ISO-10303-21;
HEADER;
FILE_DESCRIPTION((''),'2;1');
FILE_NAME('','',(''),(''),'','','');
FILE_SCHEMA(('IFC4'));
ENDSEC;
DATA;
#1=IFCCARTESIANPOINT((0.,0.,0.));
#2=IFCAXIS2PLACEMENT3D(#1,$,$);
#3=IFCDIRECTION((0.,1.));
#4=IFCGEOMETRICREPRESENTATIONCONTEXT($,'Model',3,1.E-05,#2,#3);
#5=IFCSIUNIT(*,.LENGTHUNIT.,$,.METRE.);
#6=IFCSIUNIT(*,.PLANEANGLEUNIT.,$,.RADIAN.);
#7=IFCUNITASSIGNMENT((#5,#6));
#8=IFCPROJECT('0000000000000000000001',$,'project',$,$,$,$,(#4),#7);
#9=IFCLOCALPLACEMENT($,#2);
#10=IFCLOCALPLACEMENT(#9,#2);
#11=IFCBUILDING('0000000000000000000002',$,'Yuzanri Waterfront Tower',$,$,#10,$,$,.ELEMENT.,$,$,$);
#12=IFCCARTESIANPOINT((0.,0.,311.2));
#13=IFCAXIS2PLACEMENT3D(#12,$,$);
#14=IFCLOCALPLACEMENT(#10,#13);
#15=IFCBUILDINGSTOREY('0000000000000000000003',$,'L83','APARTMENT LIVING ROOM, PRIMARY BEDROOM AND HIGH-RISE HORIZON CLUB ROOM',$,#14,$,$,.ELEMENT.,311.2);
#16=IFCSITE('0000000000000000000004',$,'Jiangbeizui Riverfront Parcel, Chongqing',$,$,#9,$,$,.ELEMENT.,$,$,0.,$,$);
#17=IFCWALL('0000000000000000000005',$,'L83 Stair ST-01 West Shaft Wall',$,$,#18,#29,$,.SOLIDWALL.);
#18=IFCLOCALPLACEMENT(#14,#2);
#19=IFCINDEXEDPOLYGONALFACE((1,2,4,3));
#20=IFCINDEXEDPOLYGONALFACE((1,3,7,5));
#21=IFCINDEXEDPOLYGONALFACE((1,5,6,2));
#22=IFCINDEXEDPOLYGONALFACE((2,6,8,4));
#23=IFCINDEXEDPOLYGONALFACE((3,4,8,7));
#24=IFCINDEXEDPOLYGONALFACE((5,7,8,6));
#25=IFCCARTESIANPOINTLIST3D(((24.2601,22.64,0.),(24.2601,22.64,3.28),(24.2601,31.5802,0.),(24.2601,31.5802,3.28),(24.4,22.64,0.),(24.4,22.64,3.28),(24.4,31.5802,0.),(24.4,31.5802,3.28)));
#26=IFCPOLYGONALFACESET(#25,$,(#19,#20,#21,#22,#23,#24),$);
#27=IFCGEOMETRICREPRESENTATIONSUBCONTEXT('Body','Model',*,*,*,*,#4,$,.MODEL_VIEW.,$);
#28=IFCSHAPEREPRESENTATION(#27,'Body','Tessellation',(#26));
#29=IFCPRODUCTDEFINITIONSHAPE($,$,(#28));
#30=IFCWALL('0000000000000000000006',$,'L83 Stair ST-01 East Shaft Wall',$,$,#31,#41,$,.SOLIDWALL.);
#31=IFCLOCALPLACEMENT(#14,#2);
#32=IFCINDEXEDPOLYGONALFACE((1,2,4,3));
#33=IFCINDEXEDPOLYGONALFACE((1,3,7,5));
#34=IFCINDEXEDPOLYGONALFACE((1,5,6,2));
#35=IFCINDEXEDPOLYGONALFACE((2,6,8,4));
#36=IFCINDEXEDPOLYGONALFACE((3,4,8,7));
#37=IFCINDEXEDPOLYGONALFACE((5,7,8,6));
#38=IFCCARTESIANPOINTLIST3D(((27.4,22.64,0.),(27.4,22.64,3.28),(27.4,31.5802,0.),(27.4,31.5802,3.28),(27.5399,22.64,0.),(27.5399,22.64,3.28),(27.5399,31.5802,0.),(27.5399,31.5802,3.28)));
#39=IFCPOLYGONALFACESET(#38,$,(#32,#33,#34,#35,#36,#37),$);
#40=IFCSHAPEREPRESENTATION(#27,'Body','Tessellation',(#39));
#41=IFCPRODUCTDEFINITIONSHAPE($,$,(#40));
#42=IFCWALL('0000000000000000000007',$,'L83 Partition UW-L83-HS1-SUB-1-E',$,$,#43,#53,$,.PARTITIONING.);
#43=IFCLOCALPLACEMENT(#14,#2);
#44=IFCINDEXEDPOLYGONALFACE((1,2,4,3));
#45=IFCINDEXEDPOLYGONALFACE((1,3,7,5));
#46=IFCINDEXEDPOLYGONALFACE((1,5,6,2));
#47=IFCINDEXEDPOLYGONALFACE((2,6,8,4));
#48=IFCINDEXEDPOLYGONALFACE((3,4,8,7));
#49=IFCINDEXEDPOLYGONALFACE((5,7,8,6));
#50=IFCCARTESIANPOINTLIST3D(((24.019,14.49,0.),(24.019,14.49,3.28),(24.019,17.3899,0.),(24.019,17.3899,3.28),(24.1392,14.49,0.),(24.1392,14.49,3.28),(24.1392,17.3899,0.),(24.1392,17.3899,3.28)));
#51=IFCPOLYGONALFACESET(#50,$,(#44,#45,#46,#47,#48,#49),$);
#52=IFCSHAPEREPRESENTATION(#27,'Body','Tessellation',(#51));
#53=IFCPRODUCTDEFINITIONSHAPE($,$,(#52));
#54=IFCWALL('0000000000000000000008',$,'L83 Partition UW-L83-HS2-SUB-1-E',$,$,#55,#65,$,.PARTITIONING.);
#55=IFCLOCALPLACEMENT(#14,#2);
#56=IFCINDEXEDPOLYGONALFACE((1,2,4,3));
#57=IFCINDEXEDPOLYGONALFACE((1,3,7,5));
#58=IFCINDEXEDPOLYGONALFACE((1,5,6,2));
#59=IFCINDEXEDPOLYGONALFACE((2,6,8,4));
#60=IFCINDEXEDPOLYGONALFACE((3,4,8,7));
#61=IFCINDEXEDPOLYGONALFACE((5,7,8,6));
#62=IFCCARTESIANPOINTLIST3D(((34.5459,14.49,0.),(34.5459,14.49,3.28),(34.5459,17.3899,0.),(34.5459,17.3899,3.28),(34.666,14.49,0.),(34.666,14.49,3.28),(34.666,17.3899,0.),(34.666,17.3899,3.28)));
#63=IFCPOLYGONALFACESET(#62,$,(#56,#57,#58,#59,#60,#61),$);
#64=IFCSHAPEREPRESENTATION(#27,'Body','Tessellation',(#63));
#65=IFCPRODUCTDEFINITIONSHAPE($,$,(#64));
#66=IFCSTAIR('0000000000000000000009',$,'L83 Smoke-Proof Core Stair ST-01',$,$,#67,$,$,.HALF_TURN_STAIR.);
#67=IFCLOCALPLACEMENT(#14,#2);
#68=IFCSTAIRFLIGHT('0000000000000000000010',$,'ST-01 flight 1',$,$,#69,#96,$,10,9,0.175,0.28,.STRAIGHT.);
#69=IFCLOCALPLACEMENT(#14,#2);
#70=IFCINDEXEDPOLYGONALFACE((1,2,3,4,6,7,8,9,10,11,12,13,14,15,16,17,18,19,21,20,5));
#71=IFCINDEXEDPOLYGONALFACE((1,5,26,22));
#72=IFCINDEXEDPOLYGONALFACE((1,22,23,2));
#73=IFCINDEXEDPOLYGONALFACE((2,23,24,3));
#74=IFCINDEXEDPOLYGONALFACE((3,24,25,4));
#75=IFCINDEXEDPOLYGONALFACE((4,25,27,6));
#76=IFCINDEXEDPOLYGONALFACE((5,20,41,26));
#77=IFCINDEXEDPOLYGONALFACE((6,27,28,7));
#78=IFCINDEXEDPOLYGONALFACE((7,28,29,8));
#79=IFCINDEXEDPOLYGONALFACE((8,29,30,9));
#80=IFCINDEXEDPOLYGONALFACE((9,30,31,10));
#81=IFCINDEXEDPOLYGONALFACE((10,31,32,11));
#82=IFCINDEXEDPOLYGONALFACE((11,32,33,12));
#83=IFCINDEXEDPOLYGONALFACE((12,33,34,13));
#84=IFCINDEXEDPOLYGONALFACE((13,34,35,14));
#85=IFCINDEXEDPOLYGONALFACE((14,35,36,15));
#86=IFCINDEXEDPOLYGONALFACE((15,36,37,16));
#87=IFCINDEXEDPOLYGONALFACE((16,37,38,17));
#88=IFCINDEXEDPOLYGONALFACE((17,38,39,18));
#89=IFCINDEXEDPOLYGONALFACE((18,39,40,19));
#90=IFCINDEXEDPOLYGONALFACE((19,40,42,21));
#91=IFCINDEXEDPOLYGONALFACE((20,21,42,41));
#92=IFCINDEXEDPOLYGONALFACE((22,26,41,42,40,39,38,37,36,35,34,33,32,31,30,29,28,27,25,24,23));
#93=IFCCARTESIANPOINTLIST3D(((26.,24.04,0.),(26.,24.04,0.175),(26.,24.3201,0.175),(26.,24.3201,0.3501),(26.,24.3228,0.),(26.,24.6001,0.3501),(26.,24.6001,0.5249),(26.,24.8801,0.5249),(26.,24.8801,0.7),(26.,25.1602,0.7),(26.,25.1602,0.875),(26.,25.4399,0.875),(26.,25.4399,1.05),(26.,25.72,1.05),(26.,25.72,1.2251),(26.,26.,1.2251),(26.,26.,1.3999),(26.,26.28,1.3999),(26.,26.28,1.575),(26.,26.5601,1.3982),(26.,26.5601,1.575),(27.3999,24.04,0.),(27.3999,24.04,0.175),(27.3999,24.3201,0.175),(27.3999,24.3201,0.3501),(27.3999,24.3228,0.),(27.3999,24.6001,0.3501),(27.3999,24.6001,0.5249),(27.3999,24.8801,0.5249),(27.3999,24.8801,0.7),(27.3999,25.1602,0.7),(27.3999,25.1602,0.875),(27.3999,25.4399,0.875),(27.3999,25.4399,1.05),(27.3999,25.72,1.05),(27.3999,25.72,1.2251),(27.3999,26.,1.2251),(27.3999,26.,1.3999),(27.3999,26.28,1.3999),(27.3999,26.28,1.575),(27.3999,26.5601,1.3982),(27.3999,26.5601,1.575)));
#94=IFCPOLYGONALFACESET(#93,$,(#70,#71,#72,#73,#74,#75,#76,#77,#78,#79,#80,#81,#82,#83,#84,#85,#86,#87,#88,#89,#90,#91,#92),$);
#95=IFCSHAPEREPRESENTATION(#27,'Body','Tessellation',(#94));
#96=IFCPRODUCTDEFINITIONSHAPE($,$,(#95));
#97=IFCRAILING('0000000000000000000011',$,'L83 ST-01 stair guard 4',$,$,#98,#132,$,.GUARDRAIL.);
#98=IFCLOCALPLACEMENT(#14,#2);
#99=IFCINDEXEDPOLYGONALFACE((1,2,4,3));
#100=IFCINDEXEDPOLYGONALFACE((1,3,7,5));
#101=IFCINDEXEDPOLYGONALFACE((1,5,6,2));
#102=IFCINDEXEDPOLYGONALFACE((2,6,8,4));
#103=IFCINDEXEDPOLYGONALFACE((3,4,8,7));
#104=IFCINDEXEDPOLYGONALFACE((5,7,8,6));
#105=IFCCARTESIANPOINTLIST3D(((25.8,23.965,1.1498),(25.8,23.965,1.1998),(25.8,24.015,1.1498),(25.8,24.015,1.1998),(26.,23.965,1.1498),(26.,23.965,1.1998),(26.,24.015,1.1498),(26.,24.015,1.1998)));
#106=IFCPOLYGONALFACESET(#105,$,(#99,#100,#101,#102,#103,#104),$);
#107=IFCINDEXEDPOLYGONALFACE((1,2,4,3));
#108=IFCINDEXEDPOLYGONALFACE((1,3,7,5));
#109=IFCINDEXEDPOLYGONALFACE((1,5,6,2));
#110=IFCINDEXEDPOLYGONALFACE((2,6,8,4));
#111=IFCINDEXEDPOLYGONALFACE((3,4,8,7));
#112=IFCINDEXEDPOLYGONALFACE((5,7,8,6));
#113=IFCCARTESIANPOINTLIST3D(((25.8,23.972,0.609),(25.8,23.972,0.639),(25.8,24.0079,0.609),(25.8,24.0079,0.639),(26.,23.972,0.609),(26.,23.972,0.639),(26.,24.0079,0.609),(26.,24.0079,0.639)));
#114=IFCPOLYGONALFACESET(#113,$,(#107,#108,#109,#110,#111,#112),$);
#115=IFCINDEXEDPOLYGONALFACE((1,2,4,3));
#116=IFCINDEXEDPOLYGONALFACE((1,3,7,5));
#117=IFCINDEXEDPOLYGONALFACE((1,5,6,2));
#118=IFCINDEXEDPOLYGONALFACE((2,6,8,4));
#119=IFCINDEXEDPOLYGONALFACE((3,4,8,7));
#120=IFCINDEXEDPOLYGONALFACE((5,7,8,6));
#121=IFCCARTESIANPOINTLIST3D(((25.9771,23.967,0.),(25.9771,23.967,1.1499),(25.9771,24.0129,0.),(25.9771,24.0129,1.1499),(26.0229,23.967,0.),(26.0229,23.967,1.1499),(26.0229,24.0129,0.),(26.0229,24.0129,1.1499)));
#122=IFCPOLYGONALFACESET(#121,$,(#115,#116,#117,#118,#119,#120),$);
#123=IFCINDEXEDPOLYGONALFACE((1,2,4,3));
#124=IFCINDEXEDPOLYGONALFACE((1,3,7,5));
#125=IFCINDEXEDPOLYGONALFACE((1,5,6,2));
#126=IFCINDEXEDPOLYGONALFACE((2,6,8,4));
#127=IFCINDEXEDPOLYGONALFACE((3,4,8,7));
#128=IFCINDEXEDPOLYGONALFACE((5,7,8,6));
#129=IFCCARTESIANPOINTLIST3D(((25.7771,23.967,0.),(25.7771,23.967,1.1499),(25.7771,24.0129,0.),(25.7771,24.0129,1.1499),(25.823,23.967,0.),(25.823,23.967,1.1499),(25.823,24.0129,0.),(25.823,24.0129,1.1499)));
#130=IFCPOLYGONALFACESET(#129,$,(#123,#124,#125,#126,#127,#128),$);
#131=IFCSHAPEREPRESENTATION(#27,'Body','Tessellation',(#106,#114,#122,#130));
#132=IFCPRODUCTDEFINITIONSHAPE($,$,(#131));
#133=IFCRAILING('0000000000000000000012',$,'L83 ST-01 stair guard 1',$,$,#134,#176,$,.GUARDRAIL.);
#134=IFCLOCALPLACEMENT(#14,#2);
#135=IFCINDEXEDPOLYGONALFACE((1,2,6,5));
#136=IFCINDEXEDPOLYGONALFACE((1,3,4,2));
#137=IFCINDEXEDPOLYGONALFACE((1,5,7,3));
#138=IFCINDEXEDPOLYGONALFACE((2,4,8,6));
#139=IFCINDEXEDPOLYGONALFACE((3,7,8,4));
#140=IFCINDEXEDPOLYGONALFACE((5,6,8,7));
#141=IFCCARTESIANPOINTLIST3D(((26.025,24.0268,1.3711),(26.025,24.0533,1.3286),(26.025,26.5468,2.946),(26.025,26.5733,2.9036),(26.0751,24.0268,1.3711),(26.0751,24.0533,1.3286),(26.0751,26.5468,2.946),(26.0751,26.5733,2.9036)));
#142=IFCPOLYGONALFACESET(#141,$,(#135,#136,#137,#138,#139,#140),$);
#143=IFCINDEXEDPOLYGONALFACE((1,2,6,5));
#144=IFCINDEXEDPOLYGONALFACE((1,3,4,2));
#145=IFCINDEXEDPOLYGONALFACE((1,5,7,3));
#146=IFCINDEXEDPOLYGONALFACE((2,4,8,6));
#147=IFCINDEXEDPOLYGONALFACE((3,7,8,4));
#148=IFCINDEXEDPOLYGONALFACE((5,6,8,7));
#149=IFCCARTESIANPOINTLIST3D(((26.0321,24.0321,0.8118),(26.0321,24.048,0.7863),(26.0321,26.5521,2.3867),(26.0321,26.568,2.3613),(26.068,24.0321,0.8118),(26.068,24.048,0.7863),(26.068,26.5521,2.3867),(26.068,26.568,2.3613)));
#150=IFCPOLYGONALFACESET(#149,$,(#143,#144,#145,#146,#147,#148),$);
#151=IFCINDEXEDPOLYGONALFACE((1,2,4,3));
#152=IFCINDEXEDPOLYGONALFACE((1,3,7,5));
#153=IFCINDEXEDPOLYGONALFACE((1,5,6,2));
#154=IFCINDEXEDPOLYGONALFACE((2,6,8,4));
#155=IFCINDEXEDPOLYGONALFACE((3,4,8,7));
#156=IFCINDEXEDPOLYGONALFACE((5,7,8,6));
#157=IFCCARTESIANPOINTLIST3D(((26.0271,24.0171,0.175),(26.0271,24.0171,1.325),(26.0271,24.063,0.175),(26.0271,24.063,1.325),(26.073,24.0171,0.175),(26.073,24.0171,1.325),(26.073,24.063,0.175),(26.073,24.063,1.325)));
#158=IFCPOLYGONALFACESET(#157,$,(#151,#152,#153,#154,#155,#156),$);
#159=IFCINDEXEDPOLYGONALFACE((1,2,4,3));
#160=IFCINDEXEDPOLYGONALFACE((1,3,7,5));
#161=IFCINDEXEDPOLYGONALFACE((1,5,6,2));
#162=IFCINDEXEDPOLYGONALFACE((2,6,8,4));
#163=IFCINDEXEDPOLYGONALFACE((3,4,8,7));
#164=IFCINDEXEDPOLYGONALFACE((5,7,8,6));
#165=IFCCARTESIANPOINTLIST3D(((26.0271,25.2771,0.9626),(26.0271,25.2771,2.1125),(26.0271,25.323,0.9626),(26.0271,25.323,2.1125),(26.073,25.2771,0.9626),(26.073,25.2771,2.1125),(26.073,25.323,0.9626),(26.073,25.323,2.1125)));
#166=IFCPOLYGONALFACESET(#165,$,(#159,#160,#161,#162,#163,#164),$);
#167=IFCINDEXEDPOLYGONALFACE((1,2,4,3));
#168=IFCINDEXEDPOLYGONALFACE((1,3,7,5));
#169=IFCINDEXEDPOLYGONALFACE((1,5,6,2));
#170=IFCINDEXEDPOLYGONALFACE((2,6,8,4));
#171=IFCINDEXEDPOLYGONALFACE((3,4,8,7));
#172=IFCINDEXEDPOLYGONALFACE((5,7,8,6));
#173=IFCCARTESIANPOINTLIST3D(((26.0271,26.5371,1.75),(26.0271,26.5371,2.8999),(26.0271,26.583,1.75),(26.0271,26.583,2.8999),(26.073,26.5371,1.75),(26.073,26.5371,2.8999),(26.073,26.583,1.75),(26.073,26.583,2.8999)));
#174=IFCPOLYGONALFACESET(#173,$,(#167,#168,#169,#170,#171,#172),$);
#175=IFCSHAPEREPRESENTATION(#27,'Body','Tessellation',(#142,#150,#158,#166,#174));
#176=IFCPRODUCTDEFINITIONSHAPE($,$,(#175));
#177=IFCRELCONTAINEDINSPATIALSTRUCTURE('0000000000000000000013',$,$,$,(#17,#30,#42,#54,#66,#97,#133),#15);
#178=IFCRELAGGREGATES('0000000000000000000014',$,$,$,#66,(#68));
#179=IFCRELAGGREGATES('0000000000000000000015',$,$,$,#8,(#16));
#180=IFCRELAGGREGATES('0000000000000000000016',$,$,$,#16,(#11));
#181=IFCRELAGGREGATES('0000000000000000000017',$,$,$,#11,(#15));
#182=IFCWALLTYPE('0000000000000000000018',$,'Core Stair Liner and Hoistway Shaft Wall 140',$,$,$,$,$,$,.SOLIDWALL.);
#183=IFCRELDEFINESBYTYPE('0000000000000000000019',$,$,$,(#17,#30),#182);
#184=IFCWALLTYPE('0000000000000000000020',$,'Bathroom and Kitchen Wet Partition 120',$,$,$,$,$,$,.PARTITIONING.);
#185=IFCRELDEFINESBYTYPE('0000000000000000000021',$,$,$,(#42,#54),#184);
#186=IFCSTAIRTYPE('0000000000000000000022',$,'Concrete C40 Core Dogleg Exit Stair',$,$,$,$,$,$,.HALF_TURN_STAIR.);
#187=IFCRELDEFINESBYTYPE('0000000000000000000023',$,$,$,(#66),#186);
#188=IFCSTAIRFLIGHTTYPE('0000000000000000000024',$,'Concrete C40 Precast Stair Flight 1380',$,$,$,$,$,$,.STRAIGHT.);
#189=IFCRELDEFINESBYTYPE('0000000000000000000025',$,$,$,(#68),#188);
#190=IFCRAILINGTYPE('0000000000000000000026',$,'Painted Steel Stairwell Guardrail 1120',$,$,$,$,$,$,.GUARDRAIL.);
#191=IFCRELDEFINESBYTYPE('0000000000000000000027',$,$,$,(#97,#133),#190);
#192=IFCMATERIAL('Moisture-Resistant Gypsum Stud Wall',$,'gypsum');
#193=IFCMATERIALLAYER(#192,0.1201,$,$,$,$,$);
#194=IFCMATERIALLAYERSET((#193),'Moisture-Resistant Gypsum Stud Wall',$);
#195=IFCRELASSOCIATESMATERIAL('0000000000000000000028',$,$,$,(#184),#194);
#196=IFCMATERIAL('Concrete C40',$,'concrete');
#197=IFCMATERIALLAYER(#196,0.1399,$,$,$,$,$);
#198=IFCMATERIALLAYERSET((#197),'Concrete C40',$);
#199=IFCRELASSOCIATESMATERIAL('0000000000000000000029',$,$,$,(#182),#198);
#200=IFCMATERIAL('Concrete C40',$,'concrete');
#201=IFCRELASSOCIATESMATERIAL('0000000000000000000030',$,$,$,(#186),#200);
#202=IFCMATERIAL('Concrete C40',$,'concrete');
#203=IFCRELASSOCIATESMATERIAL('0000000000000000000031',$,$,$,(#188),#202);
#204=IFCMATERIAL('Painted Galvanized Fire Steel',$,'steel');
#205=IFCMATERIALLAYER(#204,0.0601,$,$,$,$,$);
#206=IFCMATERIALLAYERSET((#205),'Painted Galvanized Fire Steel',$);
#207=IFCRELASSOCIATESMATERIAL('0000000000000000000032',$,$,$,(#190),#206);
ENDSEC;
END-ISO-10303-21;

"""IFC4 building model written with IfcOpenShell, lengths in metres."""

from ifc_helpers import new_model, si_unit, direction, frame, frame_2d, origin, origin_2d, place, context, subcontext, project, spatial, polyline, rectangle, outline, extrude, source, transform, mapped, material, layer, layer_set, type_object, element, aggregate, save


model = new_model("IFC4")

# Units and contexts
model_context = context("Model", 3, precision=1e-05, world=origin(), true_north=direction((0.0, 1.0)))
body_context = subcontext(model_context, "Body", "Model", "MODEL_VIEW")
ifc_project = project(units=[si_unit("LENGTHUNIT", "METRE"), si_unit("PLANEANGLEUNIT", "RADIAN")], contexts=[model_context])

# Site, building, storey
site_placement = place(None, origin())
site = spatial("IfcSite", under=ifc_project, at=site_placement, Name="Jiangbeizui Riverfront Parcel, Chongqing", CompositionType="ELEMENT", RefElevation=0.0)
building_placement = place(site_placement, origin())
building = spatial("IfcBuilding", under=site, at=building_placement, Name="Yuzanri Waterfront Tower", CompositionType="ELEMENT")
storey_placement = place(building_placement, frame((0.0, 0.0, 311.2)))
storey = spatial("IfcBuildingStorey", under=building, at=storey_placement, Name="L83", Description="APARTMENT LIVING ROOM, PRIMARY BEDROOM AND HIGH-RISE HORIZON CLUB ROOM", CompositionType="ELEMENT", Elevation=311.2)

# Shared definitions
ifc_material_1 = material(Name="Moisture-Resistant Gypsum Stud Wall", Category="gypsum")
ifc_layer_1 = layer(ifc_material_1, 0.1201)
ifc_layer_set_1 = layer_set([ifc_layer_1], Name="Moisture-Resistant Gypsum Stud Wall")
wall_type_1 = type_object("IfcWallType", Name="Bathroom and Kitchen Wet Partition 120", PredefinedType="PARTITIONING", material=ifc_layer_set_1)
ifc_material_2 = material(Name="Concrete C40", Category="concrete")
ifc_layer_2 = layer(ifc_material_2, 0.1399)
ifc_layer_set_2 = layer_set([ifc_layer_2], Name="Concrete C40")
wall_type_2 = type_object("IfcWallType", Name="Core Stair Liner and Hoistway Shaft Wall 140", PredefinedType="SOLIDWALL", material=ifc_layer_set_2)

# Walls
shared_shape_1 = source(origin(), body_context, "Body", "SweptSolid", [
    extrude(rectangle(XDim=8.9402, YDim=0.1399, at=frame_2d((4.4702, 0.0))), origin(), (0.0, 0.0, 1.0), 3.28),
])
for number, where, z_axis, x_axis, name in (
    (1, (24.3301, 22.6399, 0.0), (0.0, 0.0, 1.0), (0.0, 1.0, 0.0), "L83 Stair ST-01 West Shaft Wall"),
    (2, (27.47, 22.6399, 0.0), (0.0, 0.0, 1.0), (0.0, 1.0, 0.0), "L83 Stair ST-01 East Shaft Wall"),
):
    element("IfcWall", number, at=place(storey_placement, frame(where, z_axis=z_axis, x_axis=x_axis)), inside=storey, type_object=wall_type_2, Name=name, PredefinedType="SOLIDWALL", context=body_context, shape_type="MappedRepresentation", body=[
        mapped(shared_shape_1, transform((0.0, 0.0, 0.0), scale=1.0)),
    ])
shared_shape_2 = source(origin(), body_context, "Body", "SweptSolid", [
    extrude(rectangle(XDim=2.8999, YDim=0.1201, at=frame_2d((1.45, 0.0))), origin(), (0.0, 0.0, 1.0), 3.28),
])
for number, where, z_axis, x_axis, name in (
    (3, (24.0791, 14.49, 0.0), (0.0, 0.0, 1.0), (0.0, 1.0, 0.0), "L83 Partition UW-L83-HS1-SUB-1-E"),
    (4, (34.606, 14.49, 0.0), (0.0, 0.0, 1.0), (0.0, 1.0, 0.0), "L83 Partition UW-L83-HS2-SUB-1-E"),
):
    element("IfcWall", number, at=place(storey_placement, frame(where, z_axis=z_axis, x_axis=x_axis)), inside=storey, type_object=wall_type_1, Name=name, PredefinedType="PARTITIONING", context=body_context, shape_type="MappedRepresentation", body=[
        mapped(shared_shape_2, transform((0.0, 0.0, 0.0), scale=1.0)),
    ])

# Stair, stair flight
ifc_material_3 = material(Name="Concrete C40", Category="concrete")
stair_type = type_object("IfcStairType", Name="Concrete C40 Core Dogleg Exit Stair", PredefinedType="HALF_TURN_STAIR", material=ifc_material_3)
stair_placement = place(storey_placement, origin())
stair = element("IfcStair", 5, at=stair_placement, inside=storey, type_object=stair_type, Name="L83 Smoke-Proof Core Stair ST-01", PredefinedType="HALF_TURN_STAIR")
ifc_material_4 = material(Name="Concrete C40", Category="concrete")
stair_flight_type = type_object("IfcStairFlightType", Name="Concrete C40 Precast Stair Flight 1380", PredefinedType="STRAIGHT", material=ifc_material_4)
shared_shape_3 = source(origin(), body_context, "Body", "SweptSolid", [
    extrude(outline(polyline([(0.0, 0.0), (0.0, 0.175), (0.28, 0.175), (0.28, 0.3501), (0.5601, 0.3501), (0.5601, 0.5249), (0.8401, 0.5249), (0.8401, 0.7), (1.1201, 0.7), (1.1201, 0.875), (1.3999, 0.875), (1.3999, 1.05), (1.6799, 1.05), (1.6799, 1.2251), (1.96, 1.2251), (1.96, 1.3999), (2.24, 1.3999), (2.24, 1.575), (2.52, 1.575), (2.52, 1.75), (2.52, 1.3982), (0.2827, 0.0), (0.0, 0.0)])), frame((0.0, 0.7, 0.0), z_axis=(0.0, -1.0, 0.0), x_axis=(1.0, 0.0, 0.0)), (0.0, 0.0, 1.0), 1.3999),
])
stair_flight_placement = place(storey_placement, frame((26.7, 24.04, 0.0), z_axis=(0.0, 0.0, 1.0), x_axis=(0.0, 1.0, 0.0)))
stair_flight = element("IfcStairFlight", 6, at=stair_flight_placement, type_object=stair_flight_type, Name="ST-01 flight 1", NumberOfRisers=10, NumberOfTreads=9, PredefinedType="STRAIGHT", RiserHeight=0.175, TreadLength=0.28, context=body_context, shape_type="MappedRepresentation", body=[
    mapped(shared_shape_3, transform((0.0, 0.0, 0.0), scale=1.0)),
])
aggregate(stair, [stair_flight])

# Railings
ifc_material_5 = material(Name="Painted Galvanized Fire Steel", Category="steel")
ifc_layer_3 = layer(ifc_material_5, 0.0601)
ifc_layer_set_3 = layer_set([ifc_layer_3], Name="Painted Galvanized Fire Steel")
railing_type_1 = type_object("IfcRailingType", Name="Painted Steel Stairwell Guardrail 1120", PredefinedType="GUARDRAIL", material=ifc_layer_set_3)
shared_shape_4 = source(origin(), body_context, "Body", "SweptSolid", [
    extrude(rectangle(XDim=0.05, YDim=0.05, at=origin_2d()), frame((0.0, 0.0, 1.1748), z_axis=(-1.0, 0.0, 0.0), x_axis=(0.0, -1.0, 0.0)), (0.0, 0.0, 1.0), 0.2),
    extrude(rectangle(XDim=0.0359, YDim=0.03, at=origin_2d()), frame((0.0, 0.0, 0.624), z_axis=(-1.0, 0.0, 0.0), x_axis=(0.0, -1.0, 0.0)), (0.0, 0.0, 1.0), 0.2),
    extrude(rectangle(XDim=0.0459, YDim=0.0459, at=origin_2d()), origin(), (0.0, 0.0, 1.0), 1.1499),
    extrude(rectangle(XDim=0.0459, YDim=0.0459, at=origin_2d()), frame((-0.2, 0.0, 0.0)), (0.0, 0.0, 1.0), 1.1499),
])
railing_1_placement = place(storey_placement, frame((26.0, 23.99, 0.0)))
element("IfcRailing", 7, at=railing_1_placement, inside=storey, type_object=railing_type_1, Name="L83 ST-01 stair guard 4", PredefinedType="GUARDRAIL", context=body_context, shape_type="MappedRepresentation", body=[
    mapped(shared_shape_4, transform((0.0, 0.0, 0.0), scale=1.0)),
])
shared_shape_5 = source(origin(), body_context, "Body", "SweptSolid", [
    extrude(rectangle(XDim=0.05, YDim=0.05, at=origin_2d()), frame((0.0, 0.0, 1.1748), z_axis=(0.0, 0.848008, 0.529984), x_axis=(-1.0, 0.0, 0.0)), (0.0, 0.0, 1.0), 2.9717),
    extrude(rectangle(XDim=0.0359, YDim=0.03, at=origin_2d()), frame((0.0, 0.0, 0.624), z_axis=(0.0, 0.848008, 0.529984), x_axis=(-1.0, 0.0, 0.0)), (0.0, 0.0, 1.0), 2.9717),
    extrude(rectangle(XDim=0.0459, YDim=0.0459, at=origin_2d()), origin(), (0.0, 0.0, 1.0), 1.1499),
    extrude(rectangle(XDim=0.0459, YDim=0.0459, at=origin_2d()), frame((0.0, 1.26, 0.7876)), (0.0, 0.0, 1.0), 1.1499),
    extrude(rectangle(XDim=0.0459, YDim=0.0459, at=origin_2d()), frame((0.0, 2.52, 1.575)), (0.0, 0.0, 1.0), 1.1499),
])
railing_2_placement = place(storey_placement, frame((26.05, 24.04, 0.175)))
element("IfcRailing", 8, at=railing_2_placement, inside=storey, type_object=railing_type_1, Name="L83 ST-01 stair guard 1", PredefinedType="GUARDRAIL", context=body_context, shape_type="MappedRepresentation", body=[
    mapped(shared_shape_5, transform((0.0, 0.0, 0.0), scale=1.0)),
])

save(model, "model.ifc")
